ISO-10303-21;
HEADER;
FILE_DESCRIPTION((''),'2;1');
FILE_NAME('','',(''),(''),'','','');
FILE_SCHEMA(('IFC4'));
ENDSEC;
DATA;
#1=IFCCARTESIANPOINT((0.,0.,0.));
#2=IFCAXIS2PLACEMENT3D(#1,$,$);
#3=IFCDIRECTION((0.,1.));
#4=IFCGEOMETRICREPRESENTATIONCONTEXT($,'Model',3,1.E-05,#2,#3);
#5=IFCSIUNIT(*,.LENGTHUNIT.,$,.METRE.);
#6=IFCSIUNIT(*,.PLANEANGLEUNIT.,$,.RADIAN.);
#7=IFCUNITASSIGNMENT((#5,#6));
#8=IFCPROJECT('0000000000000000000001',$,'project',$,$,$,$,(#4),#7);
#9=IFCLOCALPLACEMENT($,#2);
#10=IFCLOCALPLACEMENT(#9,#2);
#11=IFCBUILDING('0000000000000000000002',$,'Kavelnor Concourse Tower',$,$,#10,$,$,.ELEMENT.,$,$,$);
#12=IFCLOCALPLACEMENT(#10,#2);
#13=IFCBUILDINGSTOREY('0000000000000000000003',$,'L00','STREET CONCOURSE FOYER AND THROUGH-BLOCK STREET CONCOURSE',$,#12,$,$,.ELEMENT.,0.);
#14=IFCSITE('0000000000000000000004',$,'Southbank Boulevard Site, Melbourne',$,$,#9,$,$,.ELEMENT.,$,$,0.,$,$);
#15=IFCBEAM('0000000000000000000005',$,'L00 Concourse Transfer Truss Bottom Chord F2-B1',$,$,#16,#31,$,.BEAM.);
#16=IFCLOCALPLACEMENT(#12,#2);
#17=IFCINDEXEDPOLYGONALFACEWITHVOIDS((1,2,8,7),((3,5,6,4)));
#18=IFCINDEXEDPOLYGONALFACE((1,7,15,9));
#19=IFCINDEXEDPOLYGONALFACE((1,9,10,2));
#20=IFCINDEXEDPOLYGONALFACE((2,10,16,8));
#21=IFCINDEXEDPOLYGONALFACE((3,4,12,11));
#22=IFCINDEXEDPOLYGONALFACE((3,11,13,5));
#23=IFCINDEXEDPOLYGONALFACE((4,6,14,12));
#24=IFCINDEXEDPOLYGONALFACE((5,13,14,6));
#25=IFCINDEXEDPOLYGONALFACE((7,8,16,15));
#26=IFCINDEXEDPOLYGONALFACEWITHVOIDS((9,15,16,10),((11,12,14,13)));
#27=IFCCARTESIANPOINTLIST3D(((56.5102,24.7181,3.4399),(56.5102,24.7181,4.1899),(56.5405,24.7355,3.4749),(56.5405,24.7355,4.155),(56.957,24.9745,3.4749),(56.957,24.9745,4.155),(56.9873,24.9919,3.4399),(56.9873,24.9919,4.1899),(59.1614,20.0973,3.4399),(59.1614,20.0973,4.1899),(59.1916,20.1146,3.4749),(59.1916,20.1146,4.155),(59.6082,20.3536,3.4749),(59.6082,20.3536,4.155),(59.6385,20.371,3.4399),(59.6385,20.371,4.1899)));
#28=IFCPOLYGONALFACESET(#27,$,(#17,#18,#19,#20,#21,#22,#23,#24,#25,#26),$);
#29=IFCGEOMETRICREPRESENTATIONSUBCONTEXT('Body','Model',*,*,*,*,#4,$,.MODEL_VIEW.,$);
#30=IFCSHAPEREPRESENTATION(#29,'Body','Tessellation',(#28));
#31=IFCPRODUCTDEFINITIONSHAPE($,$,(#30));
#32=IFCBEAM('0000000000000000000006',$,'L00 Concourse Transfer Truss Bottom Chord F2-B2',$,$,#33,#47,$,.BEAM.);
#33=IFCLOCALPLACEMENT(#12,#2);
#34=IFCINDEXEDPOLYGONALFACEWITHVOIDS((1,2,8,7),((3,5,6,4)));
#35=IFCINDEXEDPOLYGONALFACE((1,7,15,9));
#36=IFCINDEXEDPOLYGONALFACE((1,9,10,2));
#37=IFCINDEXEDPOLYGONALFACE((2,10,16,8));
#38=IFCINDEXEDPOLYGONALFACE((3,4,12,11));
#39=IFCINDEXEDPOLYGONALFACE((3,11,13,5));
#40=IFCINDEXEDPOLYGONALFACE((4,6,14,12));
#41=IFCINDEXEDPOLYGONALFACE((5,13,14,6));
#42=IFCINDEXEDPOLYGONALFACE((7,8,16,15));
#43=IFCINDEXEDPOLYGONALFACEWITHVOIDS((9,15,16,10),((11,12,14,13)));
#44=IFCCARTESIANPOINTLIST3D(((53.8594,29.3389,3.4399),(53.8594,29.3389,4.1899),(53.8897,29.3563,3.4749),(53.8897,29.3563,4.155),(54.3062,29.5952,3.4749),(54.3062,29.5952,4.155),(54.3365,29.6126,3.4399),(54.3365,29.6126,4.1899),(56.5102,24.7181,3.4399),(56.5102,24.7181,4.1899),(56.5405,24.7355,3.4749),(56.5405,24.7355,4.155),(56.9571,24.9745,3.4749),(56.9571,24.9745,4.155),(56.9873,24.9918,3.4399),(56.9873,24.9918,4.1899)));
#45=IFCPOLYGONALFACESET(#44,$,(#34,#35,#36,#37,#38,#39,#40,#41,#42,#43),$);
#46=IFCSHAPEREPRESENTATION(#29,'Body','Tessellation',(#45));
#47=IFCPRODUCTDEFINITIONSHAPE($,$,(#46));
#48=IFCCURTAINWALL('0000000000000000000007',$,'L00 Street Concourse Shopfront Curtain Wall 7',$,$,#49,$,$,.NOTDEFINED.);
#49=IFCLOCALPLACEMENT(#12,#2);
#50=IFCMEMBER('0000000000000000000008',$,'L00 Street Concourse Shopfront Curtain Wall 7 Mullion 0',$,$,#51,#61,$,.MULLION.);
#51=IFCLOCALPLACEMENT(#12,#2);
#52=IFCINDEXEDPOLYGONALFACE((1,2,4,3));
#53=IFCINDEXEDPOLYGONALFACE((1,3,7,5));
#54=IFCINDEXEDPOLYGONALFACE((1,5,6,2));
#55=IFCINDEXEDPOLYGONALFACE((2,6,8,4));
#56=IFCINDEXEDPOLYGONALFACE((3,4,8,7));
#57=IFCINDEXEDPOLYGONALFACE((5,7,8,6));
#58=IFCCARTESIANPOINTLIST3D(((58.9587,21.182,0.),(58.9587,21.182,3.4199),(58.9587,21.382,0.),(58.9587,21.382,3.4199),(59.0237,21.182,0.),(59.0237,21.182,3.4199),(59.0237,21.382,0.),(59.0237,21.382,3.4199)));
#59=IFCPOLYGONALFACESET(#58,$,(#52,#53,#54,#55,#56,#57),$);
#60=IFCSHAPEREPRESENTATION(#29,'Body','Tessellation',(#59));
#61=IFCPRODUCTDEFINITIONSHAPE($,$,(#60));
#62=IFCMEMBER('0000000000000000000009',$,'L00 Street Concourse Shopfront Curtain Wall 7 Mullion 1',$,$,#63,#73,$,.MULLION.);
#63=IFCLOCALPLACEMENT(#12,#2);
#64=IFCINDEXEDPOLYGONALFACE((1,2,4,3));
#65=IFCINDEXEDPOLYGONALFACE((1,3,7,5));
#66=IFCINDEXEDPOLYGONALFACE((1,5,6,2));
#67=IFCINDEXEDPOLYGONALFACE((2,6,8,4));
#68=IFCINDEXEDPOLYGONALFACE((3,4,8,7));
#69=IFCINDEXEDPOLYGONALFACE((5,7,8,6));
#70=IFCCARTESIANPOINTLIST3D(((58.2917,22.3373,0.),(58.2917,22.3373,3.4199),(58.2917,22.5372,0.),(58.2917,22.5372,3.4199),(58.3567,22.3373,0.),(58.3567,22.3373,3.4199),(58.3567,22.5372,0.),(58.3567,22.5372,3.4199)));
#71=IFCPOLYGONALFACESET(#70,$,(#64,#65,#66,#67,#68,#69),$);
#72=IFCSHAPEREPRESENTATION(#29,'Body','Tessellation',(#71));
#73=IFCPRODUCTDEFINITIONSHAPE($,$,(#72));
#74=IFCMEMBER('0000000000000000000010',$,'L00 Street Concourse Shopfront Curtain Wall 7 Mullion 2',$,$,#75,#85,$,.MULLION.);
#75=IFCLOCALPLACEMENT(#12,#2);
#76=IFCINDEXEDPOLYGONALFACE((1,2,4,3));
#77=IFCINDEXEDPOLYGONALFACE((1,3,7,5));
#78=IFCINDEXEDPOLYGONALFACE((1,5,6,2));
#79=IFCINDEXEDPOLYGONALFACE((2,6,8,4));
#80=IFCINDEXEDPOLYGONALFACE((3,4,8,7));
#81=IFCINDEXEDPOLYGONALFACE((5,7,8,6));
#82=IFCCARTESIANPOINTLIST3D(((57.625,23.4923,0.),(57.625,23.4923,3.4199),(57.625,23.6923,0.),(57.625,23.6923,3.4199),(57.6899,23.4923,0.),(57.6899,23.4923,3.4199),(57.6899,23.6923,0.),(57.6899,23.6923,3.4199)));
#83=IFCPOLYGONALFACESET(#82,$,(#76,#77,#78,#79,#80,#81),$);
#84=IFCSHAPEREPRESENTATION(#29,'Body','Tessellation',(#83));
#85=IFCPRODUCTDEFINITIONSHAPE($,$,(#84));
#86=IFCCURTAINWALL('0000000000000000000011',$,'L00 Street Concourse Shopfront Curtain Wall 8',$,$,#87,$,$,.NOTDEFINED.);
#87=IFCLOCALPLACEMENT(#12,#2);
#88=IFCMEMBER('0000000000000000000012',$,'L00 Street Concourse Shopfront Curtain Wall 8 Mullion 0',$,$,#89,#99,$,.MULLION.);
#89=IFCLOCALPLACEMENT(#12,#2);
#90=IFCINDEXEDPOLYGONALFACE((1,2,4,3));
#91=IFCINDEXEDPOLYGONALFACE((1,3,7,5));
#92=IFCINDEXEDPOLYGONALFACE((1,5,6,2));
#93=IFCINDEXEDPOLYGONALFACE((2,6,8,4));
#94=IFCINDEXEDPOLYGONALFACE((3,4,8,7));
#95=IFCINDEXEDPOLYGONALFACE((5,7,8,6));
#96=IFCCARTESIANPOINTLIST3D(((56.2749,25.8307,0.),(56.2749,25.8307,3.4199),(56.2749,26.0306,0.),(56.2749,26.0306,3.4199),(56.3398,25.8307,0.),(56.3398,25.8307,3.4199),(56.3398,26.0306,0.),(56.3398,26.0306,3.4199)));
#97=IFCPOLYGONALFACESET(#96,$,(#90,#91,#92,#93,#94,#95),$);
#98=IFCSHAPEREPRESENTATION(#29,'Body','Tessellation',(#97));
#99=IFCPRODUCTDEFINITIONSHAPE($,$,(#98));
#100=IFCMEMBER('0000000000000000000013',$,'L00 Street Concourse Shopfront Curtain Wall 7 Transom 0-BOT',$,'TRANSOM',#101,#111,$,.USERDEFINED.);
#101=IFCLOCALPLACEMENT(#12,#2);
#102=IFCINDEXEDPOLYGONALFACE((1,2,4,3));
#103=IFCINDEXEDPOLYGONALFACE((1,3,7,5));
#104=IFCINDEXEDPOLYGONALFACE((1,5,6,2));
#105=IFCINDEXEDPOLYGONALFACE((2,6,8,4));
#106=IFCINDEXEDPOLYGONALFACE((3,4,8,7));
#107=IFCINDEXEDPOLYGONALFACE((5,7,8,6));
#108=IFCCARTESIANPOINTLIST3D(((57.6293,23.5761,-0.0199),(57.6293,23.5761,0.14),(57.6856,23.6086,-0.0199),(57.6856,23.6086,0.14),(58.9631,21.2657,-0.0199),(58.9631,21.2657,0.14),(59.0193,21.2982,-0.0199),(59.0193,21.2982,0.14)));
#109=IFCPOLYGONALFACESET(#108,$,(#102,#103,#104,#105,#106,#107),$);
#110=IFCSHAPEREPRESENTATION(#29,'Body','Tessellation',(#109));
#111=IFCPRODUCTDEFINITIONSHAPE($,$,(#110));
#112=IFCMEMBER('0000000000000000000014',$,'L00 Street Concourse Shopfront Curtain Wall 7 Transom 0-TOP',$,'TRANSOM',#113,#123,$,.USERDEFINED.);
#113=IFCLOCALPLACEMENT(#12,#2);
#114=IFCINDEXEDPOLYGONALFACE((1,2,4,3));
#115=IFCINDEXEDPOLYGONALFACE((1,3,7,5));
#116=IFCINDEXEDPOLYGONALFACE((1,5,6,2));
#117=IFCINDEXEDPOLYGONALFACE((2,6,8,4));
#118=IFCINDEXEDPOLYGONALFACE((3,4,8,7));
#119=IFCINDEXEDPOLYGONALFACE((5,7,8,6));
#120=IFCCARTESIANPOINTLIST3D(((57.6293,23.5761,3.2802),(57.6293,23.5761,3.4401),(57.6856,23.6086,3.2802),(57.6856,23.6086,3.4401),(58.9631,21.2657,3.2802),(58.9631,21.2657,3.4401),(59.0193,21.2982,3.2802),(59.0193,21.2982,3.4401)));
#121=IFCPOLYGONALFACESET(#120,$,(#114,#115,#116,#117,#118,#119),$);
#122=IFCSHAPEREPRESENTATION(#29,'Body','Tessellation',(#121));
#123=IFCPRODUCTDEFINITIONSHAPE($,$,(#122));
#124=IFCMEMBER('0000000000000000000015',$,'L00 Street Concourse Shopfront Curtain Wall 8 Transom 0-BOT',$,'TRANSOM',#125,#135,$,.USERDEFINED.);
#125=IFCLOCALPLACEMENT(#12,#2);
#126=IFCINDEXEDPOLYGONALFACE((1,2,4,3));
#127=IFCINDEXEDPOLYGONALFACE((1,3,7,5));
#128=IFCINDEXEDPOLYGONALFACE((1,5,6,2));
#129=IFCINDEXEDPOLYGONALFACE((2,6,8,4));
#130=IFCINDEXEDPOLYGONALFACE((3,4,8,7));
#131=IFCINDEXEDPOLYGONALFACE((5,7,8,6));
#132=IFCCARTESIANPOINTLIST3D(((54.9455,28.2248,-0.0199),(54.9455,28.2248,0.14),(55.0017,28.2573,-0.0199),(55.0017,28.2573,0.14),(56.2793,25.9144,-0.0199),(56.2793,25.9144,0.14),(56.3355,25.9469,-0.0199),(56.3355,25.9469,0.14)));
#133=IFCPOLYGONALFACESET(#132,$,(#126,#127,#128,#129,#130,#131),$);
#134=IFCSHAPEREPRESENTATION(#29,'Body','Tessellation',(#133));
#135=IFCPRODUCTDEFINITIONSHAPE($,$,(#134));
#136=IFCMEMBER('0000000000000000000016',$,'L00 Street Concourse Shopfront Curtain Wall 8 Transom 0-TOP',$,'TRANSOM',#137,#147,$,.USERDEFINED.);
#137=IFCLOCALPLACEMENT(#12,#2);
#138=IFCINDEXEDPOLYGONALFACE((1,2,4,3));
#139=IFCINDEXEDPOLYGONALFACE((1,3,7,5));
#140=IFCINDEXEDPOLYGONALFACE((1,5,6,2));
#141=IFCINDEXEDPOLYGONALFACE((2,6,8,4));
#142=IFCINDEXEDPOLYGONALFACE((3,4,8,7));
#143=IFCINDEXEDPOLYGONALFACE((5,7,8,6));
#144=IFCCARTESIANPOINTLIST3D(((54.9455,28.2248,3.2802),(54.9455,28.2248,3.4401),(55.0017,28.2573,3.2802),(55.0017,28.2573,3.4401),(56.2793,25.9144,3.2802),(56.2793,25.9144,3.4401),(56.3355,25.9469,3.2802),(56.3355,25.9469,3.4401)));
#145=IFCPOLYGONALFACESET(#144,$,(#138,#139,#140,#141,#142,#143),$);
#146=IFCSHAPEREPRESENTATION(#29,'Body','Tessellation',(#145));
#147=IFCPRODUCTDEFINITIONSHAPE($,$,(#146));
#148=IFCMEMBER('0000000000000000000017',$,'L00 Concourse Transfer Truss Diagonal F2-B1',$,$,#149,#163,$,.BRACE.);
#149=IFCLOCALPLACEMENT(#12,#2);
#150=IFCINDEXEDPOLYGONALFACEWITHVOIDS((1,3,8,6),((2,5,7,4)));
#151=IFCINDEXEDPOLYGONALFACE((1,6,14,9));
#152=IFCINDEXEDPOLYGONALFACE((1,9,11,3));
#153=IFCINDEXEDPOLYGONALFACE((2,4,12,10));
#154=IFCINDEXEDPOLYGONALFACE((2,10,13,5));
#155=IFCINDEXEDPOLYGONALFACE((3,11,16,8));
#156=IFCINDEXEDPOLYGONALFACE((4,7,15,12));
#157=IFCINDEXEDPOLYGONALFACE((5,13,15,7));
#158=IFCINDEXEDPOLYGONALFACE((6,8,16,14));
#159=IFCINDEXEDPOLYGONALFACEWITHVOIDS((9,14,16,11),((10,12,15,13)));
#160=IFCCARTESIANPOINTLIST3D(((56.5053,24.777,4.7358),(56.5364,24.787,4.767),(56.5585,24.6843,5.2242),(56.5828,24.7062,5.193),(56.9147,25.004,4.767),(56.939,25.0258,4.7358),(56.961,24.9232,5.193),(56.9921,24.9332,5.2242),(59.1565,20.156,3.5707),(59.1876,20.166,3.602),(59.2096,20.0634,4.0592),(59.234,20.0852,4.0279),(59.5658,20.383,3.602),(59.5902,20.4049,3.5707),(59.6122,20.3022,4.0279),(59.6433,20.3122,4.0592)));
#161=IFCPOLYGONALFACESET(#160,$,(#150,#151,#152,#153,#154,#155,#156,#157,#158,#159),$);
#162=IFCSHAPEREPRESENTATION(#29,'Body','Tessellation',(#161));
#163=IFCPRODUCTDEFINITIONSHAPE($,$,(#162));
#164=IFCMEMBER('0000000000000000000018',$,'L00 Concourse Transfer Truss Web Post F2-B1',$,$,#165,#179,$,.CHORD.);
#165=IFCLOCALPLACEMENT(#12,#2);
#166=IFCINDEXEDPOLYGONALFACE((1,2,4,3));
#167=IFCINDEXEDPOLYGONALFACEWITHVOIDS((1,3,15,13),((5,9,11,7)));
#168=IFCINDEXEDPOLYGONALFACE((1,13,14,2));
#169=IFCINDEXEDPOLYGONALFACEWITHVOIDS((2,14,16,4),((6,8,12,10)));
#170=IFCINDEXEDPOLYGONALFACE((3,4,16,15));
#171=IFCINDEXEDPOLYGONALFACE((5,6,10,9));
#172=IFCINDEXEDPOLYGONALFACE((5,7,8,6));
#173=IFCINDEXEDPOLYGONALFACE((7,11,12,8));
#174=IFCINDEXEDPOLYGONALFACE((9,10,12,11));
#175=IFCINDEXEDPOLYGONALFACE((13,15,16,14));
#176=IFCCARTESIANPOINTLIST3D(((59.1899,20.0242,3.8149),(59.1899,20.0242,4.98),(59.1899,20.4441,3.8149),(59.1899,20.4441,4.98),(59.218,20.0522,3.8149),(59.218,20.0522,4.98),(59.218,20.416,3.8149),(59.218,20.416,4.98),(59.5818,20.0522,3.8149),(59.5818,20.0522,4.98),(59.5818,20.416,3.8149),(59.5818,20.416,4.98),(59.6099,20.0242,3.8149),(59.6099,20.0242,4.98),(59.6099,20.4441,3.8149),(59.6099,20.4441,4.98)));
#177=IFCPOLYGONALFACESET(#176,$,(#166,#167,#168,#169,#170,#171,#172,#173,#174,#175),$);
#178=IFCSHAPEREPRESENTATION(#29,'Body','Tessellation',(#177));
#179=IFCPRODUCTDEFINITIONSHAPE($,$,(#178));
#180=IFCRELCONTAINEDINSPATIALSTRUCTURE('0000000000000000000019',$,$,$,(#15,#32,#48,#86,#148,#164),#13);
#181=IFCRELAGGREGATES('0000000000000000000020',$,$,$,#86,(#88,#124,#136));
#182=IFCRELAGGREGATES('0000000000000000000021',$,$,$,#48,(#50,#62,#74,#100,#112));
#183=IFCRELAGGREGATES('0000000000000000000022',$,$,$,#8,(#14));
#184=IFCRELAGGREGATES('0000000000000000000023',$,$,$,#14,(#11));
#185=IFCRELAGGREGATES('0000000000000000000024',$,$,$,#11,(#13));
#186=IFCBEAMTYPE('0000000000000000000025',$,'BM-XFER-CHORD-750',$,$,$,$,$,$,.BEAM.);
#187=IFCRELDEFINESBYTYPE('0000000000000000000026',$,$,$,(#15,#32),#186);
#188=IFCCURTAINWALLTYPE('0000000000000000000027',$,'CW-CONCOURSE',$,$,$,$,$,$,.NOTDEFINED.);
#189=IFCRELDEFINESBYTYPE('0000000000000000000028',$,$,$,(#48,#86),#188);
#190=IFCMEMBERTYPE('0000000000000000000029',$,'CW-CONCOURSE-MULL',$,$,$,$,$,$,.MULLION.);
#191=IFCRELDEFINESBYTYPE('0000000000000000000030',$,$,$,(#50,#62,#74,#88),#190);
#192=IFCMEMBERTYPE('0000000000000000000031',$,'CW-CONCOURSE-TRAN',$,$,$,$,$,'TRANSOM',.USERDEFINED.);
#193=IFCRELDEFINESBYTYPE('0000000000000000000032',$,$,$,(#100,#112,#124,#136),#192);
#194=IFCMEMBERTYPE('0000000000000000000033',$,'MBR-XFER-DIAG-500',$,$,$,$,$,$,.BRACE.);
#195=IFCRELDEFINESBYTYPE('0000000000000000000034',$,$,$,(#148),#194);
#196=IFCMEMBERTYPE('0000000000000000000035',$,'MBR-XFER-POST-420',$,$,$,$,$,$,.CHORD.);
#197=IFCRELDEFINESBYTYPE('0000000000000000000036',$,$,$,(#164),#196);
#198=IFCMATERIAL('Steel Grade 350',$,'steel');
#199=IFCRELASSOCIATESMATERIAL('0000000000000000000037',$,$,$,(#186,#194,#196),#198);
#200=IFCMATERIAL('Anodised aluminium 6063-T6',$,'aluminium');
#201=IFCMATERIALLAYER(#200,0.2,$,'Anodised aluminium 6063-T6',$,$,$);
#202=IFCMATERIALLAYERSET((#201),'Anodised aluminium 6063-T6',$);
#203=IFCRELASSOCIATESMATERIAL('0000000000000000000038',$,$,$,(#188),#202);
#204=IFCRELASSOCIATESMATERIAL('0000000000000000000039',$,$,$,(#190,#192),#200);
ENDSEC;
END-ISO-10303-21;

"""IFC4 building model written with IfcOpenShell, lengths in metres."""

from ifc_helpers import new_model, si_unit, direction, frame, origin, origin_2d, place, context, subcontext, project, spatial, rectangle, hollow_rectangle, extrude, material, layer, layer_set, material_profile, profile_set, type_object, element, aggregate, save


model = new_model("IFC4")

# Units and contexts
model_context = context("Model", 3, precision=1e-05, world=origin(), true_north=direction((0.0, 1.0)))
body_context = subcontext(model_context, "Body", "Model", "MODEL_VIEW")
ifc_project = project(units=[si_unit("LENGTHUNIT", "METRE"), si_unit("PLANEANGLEUNIT", "RADIAN")], contexts=[model_context])

# Site, building, storey
site_placement = place(None, origin())
site = spatial("IfcSite", under=ifc_project, at=site_placement, Name="Southbank Boulevard Site, Melbourne", CompositionType="ELEMENT", RefElevation=0.0)
building_placement = place(site_placement, origin())
building = spatial("IfcBuilding", under=site, at=building_placement, Name="Kavelnor Concourse Tower", CompositionType="ELEMENT")
storey_placement = place(building_placement, origin())
storey = spatial("IfcBuildingStorey", under=building, at=storey_placement, Name="L00", Description="STREET CONCOURSE FOYER AND THROUGH-BLOCK STREET CONCOURSE", CompositionType="ELEMENT", Elevation=0.0)

# Beams
ifc_material_1 = material(Name="Steel Grade 350", Category="steel")
ifc_material_profile_1 = material_profile(ifc_material_1, hollow_rectangle(XDim=0.55, YDim=0.75, WallThickness=0.0349, at=origin_2d()), Name="RHS 750x550x35")
ifc_profile_set_1 = profile_set([ifc_material_profile_1], Name="Steel Grade 350")
beam_type = type_object("IfcBeamType", Name="BM-XFER-CHORD-750", PredefinedType="BEAM", material=ifc_profile_set_1)
beam_1_placement = place(storey_placement, frame((59.3999, 20.2341, 3.8149), z_axis=(-0.497643, 0.867382, 0.0), x_axis=(-0.867382, -0.497643, 0.0)))
element("IfcBeam", 1, at=beam_1_placement, inside=storey, type_object=beam_type, Name="L00 Concourse Transfer Truss Bottom Chord F2-B1", PredefinedType="BEAM", context=body_context, shape_type="SweptSolid", body=[
    extrude(hollow_rectangle(XDim=0.55, YDim=0.75, WallThickness=0.0349, at=origin_2d()), origin(), (0.0, 0.0, 1.0), 5.3274),
])
beam_2_placement = place(storey_placement, frame((56.7488, 24.855, 3.8149), z_axis=(-0.497609, 0.867401, 0.0), x_axis=(-0.867401, -0.497609, 0.0)))
element("IfcBeam", 2, at=beam_2_placement, inside=storey, type_object=beam_type, Name="L00 Concourse Transfer Truss Bottom Chord F2-B2", PredefinedType="BEAM", context=body_context, shape_type="SweptSolid", body=[
    extrude(hollow_rectangle(XDim=0.55, YDim=0.75, WallThickness=0.0349, at=origin_2d()), origin(), (0.0, 0.0, 1.0), 5.3271),
])

# Curtain wall, members
ifc_material_2 = material(Name="Anodised aluminium 6063-T6", Category="aluminium")
ifc_layer_1 = layer(ifc_material_2, 0.2, Name="Anodised aluminium 6063-T6")
ifc_layer_set_1 = layer_set([ifc_layer_1], Name="Anodised aluminium 6063-T6")
curtain_wall_type = type_object("IfcCurtainWallType", Name="CW-CONCOURSE", PredefinedType="NOTDEFINED", material=ifc_layer_set_1)
curtain_wall_1_placement = place(storey_placement, origin())
curtain_wall_1 = element("IfcCurtainWall", 3, at=curtain_wall_1_placement, inside=storey, type_object=curtain_wall_type, Name="L00 Street Concourse Shopfront Curtain Wall 7", PredefinedType="NOTDEFINED")
ifc_material_profile_2 = material_profile(ifc_material_2, rectangle(XDim=0.0649, YDim=0.2, at=origin_2d()), Name="AL-MULL 65x200")
ifc_profile_set_2 = profile_set([ifc_material_profile_2], Name="Anodised aluminium 6063-T6")
member_type_1 = type_object("IfcMemberType", Name="CW-CONCOURSE-MULL", PredefinedType="MULLION", material=ifc_profile_set_2)
member_1_placement = place(storey_placement, frame((58.9912, 21.282, 0.0), z_axis=(0.0, 0.0, 1.0), x_axis=(1.0, 0.0, 0.0)))
member_1 = element("IfcMember", 4, at=member_1_placement, type_object=member_type_1, Name="L00 Street Concourse Shopfront Curtain Wall 7 Mullion 0", PredefinedType="MULLION", context=body_context, shape_type="SweptSolid", body=[
    extrude(rectangle(XDim=0.0649, YDim=0.2, at=origin_2d()), origin(), (0.0, 0.0, 1.0), 3.4199),
])
member_2_placement = place(storey_placement, frame((58.3242, 22.4373, 0.0), z_axis=(0.0, 0.0, 1.0), x_axis=(1.0, 0.0, 0.0)))
member_2 = element("IfcMember", 5, at=member_2_placement, type_object=member_type_1, Name="L00 Street Concourse Shopfront Curtain Wall 7 Mullion 1", PredefinedType="MULLION", context=body_context, shape_type="SweptSolid", body=[
    extrude(rectangle(XDim=0.0649, YDim=0.2, at=origin_2d()), origin(), (0.0, 0.0, 1.0), 3.4199),
])
member_3_placement = place(storey_placement, frame((57.6575, 23.5923, 0.0), z_axis=(0.0, 0.0, 1.0), x_axis=(1.0, 0.0, 0.0)))
member_3 = element("IfcMember", 6, at=member_3_placement, type_object=member_type_1, Name="L00 Street Concourse Shopfront Curtain Wall 7 Mullion 2", PredefinedType="MULLION", context=body_context, shape_type="SweptSolid", body=[
    extrude(rectangle(XDim=0.0649, YDim=0.2, at=origin_2d()), origin(), (0.0, 0.0, 1.0), 3.4199),
])

# Curtain wall, member
curtain_wall_2_placement = place(storey_placement, origin())
curtain_wall_2 = element("IfcCurtainWall", 7, at=curtain_wall_2_placement, inside=storey, type_object=curtain_wall_type, Name="L00 Street Concourse Shopfront Curtain Wall 8", PredefinedType="NOTDEFINED")
member_4_placement = place(storey_placement, frame((56.3074, 25.9307, 0.0), z_axis=(0.0, 0.0, 1.0), x_axis=(1.0, 0.0, 0.0)))
member_4 = element("IfcMember", 8, at=member_4_placement, type_object=member_type_1, Name="L00 Street Concourse Shopfront Curtain Wall 8 Mullion 0", PredefinedType="MULLION", context=body_context, shape_type="SweptSolid", body=[
    extrude(rectangle(XDim=0.0649, YDim=0.2, at=origin_2d()), origin(), (0.0, 0.0, 1.0), 3.4199),
])

# Members
ifc_material_profile_3 = material_profile(ifc_material_2, rectangle(XDim=0.0649, YDim=0.1599, at=origin_2d()), Name="AL-TRAN 65x160")
ifc_profile_set_3 = profile_set([ifc_material_profile_3], Name="Anodised aluminium 6063-T6")
member_type_2 = type_object("IfcMemberType", Name="CW-CONCOURSE-TRAN", ElementType="TRANSOM", PredefinedType="USERDEFINED", material=ifc_profile_set_3)
member_5_placement = place(storey_placement, frame((58.9912, 21.282, 0.0601), z_axis=(-0.499968, 0.866044, 0.0), x_axis=(-0.866044, -0.499968, 0.0)))
member_5 = element("IfcMember", 9, at=member_5_placement, type_object=member_type_2, Name="L00 Street Concourse Shopfront Curtain Wall 7 Transom 0-BOT", ObjectType="TRANSOM", PredefinedType="USERDEFINED", context=body_context, shape_type="SweptSolid", body=[
    extrude(rectangle(XDim=0.0649, YDim=0.1599, at=origin_2d()), origin(), (0.0, 0.0, 1.0), 2.6677),
])
member_6_placement = place(storey_placement, frame((58.9912, 21.282, 3.3601), z_axis=(-0.499968, 0.866044, 0.0), x_axis=(-0.866044, -0.499968, 0.0)))
member_6 = element("IfcMember", 10, at=member_6_placement, type_object=member_type_2, Name="L00 Street Concourse Shopfront Curtain Wall 7 Transom 0-TOP", ObjectType="TRANSOM", PredefinedType="USERDEFINED", context=body_context, shape_type="SweptSolid", body=[
    extrude(rectangle(XDim=0.0649, YDim=0.1599, at=origin_2d()), origin(), (0.0, 0.0, 1.0), 2.6677),
])
member_7_placement = place(storey_placement, frame((56.3074, 25.9307, 0.0601), z_axis=(-0.499968, 0.866044, 0.0), x_axis=(-0.866044, -0.499968, 0.0)))
member_7 = element("IfcMember", 11, at=member_7_placement, type_object=member_type_2, Name="L00 Street Concourse Shopfront Curtain Wall 8 Transom 0-BOT", ObjectType="TRANSOM", PredefinedType="USERDEFINED", context=body_context, shape_type="SweptSolid", body=[
    extrude(rectangle(XDim=0.0649, YDim=0.1599, at=origin_2d()), origin(), (0.0, 0.0, 1.0), 2.6677),
])
member_8_placement = place(storey_placement, frame((56.3074, 25.9307, 3.3601), z_axis=(-0.499968, 0.866044, 0.0), x_axis=(-0.866044, -0.499968, 0.0)))
member_8 = element("IfcMember", 12, at=member_8_placement, type_object=member_type_2, Name="L00 Street Concourse Shopfront Curtain Wall 8 Transom 0-TOP", ObjectType="TRANSOM", PredefinedType="USERDEFINED", context=body_context, shape_type="SweptSolid", body=[
    extrude(rectangle(XDim=0.0649, YDim=0.1599, at=origin_2d()), origin(), (0.0, 0.0, 1.0), 2.6677),
])
aggregate(curtain_wall_2, [member_4, member_7, member_8])

# Members
ifc_material_profile_4 = material_profile(ifc_material_1, hollow_rectangle(XDim=0.5, YDim=0.5, WallThickness=0.032, at=origin_2d()), Name="SHS 500x500x32")
ifc_profile_set_4 = profile_set([ifc_material_profile_4], Name="Steel Grade 350")
member_type_3 = type_object("IfcMemberType", Name="MBR-XFER-DIAG-500", PredefinedType="BRACE", material=ifc_profile_set_4)
member_9_placement = place(storey_placement, frame((59.3999, 20.2341, 3.8149), z_axis=(-0.486154, 0.847356, 0.213641), x_axis=(-0.867382, -0.497643, 0.0)))
element("IfcMember", 13, at=member_9_placement, inside=storey, type_object=member_type_3, Name="L00 Concourse Transfer Truss Diagonal F2-B1", PredefinedType="BRACE", context=body_context, shape_type="SweptSolid", body=[
    extrude(hollow_rectangle(XDim=0.5, YDim=0.5, WallThickness=0.032, at=origin_2d()), origin(), (0.0, 0.0, 1.0), 5.4534),
])
ifc_material_profile_5 = material_profile(ifc_material_1, hollow_rectangle(XDim=0.4199, YDim=0.4199, WallThickness=0.0281, at=origin_2d()), Name="SHS 420x420x28")
ifc_profile_set_5 = profile_set([ifc_material_profile_5], Name="Steel Grade 350")
member_type_4 = type_object("IfcMemberType", Name="MBR-XFER-POST-420", PredefinedType="CHORD", material=ifc_profile_set_5)
for number, where, z_axis, x_axis, name in (
    (14, (59.3999, 20.2341, 3.8149), (0.0, 0.0, 1.0), (1.0, 0.0, 0.0), "L00 Concourse Transfer Truss Web Post F2-B1"),
):
    element("IfcMember", number, at=place(storey_placement, frame(where, z_axis=z_axis, x_axis=x_axis)), inside=storey, type_object=member_type_4, Name=name, PredefinedType="CHORD", context=body_context, shape_type="SweptSolid", body=[
        extrude(hollow_rectangle(XDim=0.4199, YDim=0.4199, WallThickness=0.0281, at=origin_2d()), origin(), (0.0, 0.0, 1.0), 1.165),
    ])

aggregate(curtain_wall_1, [member_1, member_2, member_3, member_5, member_6])

save(model, "model.ifc")
